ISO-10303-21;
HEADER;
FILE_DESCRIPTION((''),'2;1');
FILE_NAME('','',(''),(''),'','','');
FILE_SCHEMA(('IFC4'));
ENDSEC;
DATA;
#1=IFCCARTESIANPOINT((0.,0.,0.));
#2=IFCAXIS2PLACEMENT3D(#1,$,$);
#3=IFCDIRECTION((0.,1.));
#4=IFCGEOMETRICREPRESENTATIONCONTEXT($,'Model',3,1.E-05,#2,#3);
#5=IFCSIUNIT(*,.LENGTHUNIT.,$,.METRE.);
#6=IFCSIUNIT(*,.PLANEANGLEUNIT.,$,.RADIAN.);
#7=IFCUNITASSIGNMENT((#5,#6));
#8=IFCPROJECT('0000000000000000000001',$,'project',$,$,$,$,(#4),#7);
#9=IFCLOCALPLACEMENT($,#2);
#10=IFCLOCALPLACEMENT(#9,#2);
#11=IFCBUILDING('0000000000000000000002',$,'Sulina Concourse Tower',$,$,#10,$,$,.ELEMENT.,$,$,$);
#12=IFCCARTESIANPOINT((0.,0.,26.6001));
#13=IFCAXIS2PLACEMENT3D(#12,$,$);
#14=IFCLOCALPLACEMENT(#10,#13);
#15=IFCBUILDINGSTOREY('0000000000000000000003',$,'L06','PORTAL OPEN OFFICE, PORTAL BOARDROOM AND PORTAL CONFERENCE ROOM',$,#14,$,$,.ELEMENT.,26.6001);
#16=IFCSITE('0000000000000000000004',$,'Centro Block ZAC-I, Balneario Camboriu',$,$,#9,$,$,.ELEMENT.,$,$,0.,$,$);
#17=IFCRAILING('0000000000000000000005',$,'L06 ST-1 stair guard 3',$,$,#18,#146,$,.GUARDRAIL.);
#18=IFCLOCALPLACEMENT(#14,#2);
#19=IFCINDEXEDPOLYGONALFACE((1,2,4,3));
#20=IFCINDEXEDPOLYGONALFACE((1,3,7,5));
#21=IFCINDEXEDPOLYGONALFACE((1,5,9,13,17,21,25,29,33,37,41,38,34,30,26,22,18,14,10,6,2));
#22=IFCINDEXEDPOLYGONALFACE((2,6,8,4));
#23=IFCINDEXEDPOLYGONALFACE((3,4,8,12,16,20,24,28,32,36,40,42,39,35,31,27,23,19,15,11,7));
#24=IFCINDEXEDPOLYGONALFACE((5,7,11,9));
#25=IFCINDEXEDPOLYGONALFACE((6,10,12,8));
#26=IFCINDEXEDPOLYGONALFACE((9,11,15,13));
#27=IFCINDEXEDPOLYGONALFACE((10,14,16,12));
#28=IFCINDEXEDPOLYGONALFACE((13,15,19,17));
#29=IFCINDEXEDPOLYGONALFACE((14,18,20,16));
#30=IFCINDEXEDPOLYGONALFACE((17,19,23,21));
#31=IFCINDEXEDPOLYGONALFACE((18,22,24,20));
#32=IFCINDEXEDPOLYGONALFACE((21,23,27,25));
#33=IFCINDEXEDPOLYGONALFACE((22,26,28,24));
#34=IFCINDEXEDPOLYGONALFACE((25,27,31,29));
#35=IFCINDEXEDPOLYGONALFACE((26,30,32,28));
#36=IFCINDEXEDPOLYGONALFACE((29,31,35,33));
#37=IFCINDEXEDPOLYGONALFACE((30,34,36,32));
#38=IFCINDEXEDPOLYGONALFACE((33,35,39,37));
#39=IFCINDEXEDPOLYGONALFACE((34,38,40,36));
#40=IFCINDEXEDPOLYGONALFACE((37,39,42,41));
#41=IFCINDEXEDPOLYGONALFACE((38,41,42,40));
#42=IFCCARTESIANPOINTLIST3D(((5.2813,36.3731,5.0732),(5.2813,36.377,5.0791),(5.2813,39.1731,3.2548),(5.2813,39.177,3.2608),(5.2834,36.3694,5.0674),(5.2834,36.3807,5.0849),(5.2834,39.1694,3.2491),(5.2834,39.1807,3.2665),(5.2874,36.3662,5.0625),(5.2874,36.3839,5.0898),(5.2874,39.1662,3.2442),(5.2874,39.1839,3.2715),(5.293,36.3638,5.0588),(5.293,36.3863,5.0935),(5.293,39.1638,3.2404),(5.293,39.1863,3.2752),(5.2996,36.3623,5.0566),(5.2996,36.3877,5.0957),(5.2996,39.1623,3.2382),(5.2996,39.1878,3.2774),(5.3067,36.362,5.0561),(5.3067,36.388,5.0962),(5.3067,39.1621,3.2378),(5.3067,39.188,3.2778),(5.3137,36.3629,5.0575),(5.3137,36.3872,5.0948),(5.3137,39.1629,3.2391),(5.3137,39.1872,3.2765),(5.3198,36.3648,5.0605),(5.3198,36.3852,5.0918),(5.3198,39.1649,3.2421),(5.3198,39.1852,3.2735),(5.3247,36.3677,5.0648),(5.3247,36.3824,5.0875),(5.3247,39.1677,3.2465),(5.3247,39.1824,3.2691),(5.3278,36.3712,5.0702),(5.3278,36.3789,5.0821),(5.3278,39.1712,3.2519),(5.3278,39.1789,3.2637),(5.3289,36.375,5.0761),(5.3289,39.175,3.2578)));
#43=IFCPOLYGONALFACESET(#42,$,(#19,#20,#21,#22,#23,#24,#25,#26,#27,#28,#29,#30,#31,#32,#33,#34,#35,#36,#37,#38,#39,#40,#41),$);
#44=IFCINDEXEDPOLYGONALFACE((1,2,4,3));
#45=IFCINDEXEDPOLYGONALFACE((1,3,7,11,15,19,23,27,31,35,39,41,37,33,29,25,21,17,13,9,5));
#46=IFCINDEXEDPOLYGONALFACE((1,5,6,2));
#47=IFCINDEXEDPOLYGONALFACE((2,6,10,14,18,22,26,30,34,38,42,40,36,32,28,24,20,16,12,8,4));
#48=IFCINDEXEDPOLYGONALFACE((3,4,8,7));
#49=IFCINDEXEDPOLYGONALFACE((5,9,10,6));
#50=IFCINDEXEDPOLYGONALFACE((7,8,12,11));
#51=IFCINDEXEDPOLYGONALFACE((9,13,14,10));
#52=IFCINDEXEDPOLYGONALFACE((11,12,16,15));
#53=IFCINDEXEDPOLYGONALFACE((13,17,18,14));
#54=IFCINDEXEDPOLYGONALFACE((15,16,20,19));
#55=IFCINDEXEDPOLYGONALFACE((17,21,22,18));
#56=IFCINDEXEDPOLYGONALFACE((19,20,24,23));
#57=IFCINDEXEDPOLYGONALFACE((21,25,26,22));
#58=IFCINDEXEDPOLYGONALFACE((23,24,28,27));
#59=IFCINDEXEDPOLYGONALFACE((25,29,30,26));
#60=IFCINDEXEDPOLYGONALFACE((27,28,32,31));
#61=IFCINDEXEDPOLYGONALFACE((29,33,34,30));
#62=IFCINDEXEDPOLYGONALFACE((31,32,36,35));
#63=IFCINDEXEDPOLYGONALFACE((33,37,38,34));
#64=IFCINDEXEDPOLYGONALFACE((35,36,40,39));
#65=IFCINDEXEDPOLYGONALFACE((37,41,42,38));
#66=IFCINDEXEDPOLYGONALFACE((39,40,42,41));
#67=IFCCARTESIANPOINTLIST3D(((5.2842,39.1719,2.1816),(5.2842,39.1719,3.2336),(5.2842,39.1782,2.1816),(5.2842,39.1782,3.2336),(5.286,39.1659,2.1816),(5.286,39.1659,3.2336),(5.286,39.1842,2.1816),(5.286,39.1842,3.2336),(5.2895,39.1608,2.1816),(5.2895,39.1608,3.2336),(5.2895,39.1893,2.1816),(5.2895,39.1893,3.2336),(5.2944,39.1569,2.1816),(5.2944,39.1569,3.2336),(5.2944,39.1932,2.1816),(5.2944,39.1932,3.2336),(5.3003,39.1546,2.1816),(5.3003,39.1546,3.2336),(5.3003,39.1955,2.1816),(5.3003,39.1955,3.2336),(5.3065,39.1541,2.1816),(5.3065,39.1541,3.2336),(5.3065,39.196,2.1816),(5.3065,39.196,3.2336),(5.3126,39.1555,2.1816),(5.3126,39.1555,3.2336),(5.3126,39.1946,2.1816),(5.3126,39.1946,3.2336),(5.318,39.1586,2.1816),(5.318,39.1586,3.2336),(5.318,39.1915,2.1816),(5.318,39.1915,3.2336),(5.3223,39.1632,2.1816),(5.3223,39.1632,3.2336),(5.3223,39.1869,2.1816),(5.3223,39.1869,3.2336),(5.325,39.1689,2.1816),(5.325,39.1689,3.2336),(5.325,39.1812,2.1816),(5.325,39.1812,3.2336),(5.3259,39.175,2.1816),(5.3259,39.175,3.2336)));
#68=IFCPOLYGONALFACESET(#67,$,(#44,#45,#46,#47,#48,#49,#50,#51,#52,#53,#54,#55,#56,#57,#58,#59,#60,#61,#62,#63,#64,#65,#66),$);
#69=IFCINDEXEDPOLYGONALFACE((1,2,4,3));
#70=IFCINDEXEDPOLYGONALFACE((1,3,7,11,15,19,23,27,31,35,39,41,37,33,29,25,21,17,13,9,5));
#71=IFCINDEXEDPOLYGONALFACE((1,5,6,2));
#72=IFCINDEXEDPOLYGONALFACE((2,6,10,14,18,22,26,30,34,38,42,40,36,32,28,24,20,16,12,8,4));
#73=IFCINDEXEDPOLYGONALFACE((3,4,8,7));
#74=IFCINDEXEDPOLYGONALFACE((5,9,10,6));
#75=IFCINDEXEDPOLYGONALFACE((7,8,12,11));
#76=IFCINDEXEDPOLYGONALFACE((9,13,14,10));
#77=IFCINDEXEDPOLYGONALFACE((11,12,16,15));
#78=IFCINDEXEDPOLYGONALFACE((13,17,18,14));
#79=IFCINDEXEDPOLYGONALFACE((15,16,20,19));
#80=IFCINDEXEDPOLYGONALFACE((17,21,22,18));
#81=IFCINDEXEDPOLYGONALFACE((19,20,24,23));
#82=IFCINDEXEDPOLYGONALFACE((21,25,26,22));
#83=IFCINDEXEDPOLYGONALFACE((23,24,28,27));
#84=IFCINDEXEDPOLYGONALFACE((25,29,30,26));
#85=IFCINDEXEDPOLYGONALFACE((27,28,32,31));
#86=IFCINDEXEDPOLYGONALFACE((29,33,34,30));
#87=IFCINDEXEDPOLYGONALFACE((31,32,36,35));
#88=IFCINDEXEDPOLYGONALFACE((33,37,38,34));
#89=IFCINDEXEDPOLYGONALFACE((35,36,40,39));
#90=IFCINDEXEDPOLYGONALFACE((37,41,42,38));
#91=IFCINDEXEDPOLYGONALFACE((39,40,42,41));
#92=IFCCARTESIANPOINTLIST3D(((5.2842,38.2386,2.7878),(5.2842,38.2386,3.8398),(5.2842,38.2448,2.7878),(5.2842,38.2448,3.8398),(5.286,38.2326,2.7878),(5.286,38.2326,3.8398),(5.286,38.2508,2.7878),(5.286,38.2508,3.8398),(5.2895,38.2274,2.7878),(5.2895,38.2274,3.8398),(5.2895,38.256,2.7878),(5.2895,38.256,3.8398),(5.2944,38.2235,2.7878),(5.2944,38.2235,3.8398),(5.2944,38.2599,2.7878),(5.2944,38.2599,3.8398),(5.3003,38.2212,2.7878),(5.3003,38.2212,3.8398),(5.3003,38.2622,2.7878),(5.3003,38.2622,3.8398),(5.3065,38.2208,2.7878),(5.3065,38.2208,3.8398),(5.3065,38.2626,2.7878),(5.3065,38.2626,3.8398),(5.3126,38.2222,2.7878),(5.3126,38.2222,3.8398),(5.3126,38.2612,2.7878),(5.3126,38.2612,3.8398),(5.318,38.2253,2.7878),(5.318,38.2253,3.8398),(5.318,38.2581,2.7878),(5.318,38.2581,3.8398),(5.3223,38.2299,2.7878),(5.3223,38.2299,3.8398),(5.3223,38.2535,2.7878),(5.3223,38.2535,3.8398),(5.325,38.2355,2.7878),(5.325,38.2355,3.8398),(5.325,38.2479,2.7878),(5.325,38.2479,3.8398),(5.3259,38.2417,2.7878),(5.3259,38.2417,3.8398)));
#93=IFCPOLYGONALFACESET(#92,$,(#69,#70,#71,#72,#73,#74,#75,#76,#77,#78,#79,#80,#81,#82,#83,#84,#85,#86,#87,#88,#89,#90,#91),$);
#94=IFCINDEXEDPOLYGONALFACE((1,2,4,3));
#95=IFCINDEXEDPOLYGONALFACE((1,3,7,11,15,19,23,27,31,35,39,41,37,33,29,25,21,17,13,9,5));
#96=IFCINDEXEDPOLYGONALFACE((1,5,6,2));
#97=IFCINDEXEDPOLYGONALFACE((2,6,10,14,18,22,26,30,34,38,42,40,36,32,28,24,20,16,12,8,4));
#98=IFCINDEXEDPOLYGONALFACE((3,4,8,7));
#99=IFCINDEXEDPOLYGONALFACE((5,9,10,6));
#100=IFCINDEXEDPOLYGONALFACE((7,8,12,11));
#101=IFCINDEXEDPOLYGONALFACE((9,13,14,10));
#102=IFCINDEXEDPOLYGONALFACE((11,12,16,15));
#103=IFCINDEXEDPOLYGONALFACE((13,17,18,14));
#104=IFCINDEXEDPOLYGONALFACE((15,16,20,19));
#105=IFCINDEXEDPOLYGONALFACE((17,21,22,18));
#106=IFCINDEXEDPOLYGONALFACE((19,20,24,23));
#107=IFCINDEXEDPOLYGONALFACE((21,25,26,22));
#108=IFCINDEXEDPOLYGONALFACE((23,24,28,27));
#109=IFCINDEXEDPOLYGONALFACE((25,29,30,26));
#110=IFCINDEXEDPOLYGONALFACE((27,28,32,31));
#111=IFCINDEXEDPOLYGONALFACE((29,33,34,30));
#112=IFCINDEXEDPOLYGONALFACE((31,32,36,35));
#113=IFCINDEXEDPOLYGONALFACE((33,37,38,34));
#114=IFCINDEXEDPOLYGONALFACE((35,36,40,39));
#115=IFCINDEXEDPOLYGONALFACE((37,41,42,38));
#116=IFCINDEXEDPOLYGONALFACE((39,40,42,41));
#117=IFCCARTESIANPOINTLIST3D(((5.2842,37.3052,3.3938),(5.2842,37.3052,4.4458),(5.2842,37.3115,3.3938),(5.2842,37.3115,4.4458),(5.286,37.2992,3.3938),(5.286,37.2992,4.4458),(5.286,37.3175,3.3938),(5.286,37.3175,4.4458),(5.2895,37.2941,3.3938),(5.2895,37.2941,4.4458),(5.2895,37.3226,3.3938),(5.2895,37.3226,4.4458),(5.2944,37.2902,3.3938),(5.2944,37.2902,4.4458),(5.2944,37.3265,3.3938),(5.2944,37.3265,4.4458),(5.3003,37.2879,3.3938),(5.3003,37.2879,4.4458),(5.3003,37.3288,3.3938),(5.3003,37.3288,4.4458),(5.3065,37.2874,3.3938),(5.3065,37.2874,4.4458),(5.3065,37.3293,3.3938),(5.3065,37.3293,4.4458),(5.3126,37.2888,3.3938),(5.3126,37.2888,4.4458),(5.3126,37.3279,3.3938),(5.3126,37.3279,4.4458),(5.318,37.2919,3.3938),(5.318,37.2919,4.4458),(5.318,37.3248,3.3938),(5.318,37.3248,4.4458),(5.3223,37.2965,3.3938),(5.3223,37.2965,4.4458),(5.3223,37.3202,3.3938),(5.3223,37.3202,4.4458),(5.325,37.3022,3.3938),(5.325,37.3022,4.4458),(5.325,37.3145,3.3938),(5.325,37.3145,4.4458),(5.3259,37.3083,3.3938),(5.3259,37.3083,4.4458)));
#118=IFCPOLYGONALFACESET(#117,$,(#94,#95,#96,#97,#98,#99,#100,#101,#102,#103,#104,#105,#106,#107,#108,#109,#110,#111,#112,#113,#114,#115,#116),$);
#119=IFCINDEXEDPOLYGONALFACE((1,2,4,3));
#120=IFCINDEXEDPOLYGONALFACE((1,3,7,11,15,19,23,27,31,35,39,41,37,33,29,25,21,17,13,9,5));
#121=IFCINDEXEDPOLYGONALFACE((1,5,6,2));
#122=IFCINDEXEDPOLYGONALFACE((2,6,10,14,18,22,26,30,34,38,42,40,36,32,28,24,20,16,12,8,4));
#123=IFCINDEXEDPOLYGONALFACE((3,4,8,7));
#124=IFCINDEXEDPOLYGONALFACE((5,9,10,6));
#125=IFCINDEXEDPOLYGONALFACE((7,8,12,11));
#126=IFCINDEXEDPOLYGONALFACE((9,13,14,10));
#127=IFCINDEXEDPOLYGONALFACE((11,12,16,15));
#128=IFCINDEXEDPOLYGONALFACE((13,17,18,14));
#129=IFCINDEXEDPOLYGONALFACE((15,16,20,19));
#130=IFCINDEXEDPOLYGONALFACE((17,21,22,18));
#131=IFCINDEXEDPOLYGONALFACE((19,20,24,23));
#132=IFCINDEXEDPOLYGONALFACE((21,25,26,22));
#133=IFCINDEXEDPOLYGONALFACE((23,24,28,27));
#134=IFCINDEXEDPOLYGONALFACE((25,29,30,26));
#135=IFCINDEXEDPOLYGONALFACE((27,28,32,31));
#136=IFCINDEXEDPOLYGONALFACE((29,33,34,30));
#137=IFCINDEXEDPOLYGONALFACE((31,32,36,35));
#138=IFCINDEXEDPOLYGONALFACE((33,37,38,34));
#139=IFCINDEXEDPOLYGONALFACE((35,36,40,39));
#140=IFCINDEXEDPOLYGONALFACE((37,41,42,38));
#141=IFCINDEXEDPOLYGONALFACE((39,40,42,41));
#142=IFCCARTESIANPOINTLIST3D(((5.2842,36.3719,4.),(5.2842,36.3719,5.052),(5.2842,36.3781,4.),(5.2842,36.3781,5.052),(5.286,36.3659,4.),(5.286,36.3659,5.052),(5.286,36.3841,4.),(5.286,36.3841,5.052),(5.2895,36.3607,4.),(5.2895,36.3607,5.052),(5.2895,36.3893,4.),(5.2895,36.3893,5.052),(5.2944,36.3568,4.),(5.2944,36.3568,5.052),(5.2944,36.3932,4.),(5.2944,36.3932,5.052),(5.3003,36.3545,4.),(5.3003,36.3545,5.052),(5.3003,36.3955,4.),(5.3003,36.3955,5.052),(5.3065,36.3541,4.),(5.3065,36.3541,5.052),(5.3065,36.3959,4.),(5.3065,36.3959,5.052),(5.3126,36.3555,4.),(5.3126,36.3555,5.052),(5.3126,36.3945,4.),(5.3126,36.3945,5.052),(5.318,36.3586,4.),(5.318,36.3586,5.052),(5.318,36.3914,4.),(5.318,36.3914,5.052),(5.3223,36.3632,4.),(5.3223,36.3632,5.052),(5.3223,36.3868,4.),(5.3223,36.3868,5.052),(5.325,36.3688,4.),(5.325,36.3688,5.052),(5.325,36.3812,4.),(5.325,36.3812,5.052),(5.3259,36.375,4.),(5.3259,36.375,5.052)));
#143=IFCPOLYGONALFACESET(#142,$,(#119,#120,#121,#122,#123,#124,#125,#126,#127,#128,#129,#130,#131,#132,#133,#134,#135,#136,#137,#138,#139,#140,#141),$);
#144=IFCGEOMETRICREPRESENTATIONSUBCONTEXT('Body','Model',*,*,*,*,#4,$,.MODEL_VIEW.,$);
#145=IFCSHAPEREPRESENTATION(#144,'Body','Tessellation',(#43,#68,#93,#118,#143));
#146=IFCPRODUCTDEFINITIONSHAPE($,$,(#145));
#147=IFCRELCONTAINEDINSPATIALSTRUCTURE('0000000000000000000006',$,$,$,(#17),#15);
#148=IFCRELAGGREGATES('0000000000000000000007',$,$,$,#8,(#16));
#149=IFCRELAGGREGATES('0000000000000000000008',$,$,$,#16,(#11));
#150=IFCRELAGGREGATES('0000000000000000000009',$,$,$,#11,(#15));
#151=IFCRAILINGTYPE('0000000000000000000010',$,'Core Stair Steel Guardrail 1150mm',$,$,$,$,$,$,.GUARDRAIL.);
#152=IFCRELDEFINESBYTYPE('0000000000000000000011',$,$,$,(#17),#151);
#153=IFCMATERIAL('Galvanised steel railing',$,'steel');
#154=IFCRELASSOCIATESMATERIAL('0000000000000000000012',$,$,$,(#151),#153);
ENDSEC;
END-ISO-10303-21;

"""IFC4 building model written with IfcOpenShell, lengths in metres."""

from ifc_helpers import new_model, si_unit, direction, frame, origin, origin_2d, place, context, subcontext, project, spatial, circle, extrude, material, type_object, element, save


model = new_model("IFC4")

# Units and contexts
model_context = context("Model", 3, precision=1e-05, world=origin(), true_north=direction((0.0, 1.0)))
body_context = subcontext(model_context, "Body", "Model", "MODEL_VIEW")
ifc_project = project(units=[si_unit("LENGTHUNIT", "METRE"), si_unit("PLANEANGLEUNIT", "RADIAN")], contexts=[model_context])

# Site, building, storey
site_placement = place(None, origin())
site = spatial("IfcSite", under=ifc_project, at=site_placement, Name="Centro Block ZAC-I, Balneario Camboriu", CompositionType="ELEMENT", RefElevation=0.0)
building_placement = place(site_placement, origin())
building = spatial("IfcBuilding", under=site, at=building_placement, Name="Sulina Concourse Tower", CompositionType="ELEMENT")
storey_placement = place(building_placement, frame((0.0, 0.0, 26.6001)))
storey = spatial("IfcBuildingStorey", under=building, at=storey_placement, Name="L06", Description="PORTAL OPEN OFFICE, PORTAL BOARDROOM AND PORTAL CONFERENCE ROOM", CompositionType="ELEMENT", Elevation=26.6001)

# Railing
ifc_material_1 = material(Name="Galvanised steel railing", Category="steel")
railing_type_1 = type_object("IfcRailingType", Name="Core Stair Steel Guardrail 1150mm", PredefinedType="GUARDRAIL", material=ifc_material_1)
railing_1_placement = place(storey_placement, frame((5.3049, 39.175, 2.1816)))
element("IfcRailing", 1, at=railing_1_placement, inside=storey, type_object=railing_type_1, Name="L06 ST-1 stair guard 3", PredefinedType="GUARDRAIL", context=body_context, shape_type="SweptSolid", body=[
    extrude(circle(Radius=0.0239, at=origin_2d()), frame((0.0, 0.0, 1.0762), z_axis=(0.0, -0.838672, 0.544636), x_axis=(1.0, 0.0, 0.0)), (0.0, 0.0, 1.0), 3.3386),
    extrude(circle(Radius=0.021, at=origin_2d()), origin(), (0.0, 0.0, 1.0), 1.052),
    extrude(circle(Radius=0.021, at=origin_2d()), frame((0.0, -0.9333, 0.6062)), (0.0, 0.0, 1.0), 1.052),
    extrude(circle(Radius=0.021, at=origin_2d()), frame((0.0, -1.8667, 1.2122)), (0.0, 0.0, 1.0), 1.052),
    extrude(circle(Radius=0.021, at=origin_2d()), frame((0.0, -2.8, 1.8184)), (0.0, 0.0, 1.0), 1.052),
])

save(model, "model.ifc")
